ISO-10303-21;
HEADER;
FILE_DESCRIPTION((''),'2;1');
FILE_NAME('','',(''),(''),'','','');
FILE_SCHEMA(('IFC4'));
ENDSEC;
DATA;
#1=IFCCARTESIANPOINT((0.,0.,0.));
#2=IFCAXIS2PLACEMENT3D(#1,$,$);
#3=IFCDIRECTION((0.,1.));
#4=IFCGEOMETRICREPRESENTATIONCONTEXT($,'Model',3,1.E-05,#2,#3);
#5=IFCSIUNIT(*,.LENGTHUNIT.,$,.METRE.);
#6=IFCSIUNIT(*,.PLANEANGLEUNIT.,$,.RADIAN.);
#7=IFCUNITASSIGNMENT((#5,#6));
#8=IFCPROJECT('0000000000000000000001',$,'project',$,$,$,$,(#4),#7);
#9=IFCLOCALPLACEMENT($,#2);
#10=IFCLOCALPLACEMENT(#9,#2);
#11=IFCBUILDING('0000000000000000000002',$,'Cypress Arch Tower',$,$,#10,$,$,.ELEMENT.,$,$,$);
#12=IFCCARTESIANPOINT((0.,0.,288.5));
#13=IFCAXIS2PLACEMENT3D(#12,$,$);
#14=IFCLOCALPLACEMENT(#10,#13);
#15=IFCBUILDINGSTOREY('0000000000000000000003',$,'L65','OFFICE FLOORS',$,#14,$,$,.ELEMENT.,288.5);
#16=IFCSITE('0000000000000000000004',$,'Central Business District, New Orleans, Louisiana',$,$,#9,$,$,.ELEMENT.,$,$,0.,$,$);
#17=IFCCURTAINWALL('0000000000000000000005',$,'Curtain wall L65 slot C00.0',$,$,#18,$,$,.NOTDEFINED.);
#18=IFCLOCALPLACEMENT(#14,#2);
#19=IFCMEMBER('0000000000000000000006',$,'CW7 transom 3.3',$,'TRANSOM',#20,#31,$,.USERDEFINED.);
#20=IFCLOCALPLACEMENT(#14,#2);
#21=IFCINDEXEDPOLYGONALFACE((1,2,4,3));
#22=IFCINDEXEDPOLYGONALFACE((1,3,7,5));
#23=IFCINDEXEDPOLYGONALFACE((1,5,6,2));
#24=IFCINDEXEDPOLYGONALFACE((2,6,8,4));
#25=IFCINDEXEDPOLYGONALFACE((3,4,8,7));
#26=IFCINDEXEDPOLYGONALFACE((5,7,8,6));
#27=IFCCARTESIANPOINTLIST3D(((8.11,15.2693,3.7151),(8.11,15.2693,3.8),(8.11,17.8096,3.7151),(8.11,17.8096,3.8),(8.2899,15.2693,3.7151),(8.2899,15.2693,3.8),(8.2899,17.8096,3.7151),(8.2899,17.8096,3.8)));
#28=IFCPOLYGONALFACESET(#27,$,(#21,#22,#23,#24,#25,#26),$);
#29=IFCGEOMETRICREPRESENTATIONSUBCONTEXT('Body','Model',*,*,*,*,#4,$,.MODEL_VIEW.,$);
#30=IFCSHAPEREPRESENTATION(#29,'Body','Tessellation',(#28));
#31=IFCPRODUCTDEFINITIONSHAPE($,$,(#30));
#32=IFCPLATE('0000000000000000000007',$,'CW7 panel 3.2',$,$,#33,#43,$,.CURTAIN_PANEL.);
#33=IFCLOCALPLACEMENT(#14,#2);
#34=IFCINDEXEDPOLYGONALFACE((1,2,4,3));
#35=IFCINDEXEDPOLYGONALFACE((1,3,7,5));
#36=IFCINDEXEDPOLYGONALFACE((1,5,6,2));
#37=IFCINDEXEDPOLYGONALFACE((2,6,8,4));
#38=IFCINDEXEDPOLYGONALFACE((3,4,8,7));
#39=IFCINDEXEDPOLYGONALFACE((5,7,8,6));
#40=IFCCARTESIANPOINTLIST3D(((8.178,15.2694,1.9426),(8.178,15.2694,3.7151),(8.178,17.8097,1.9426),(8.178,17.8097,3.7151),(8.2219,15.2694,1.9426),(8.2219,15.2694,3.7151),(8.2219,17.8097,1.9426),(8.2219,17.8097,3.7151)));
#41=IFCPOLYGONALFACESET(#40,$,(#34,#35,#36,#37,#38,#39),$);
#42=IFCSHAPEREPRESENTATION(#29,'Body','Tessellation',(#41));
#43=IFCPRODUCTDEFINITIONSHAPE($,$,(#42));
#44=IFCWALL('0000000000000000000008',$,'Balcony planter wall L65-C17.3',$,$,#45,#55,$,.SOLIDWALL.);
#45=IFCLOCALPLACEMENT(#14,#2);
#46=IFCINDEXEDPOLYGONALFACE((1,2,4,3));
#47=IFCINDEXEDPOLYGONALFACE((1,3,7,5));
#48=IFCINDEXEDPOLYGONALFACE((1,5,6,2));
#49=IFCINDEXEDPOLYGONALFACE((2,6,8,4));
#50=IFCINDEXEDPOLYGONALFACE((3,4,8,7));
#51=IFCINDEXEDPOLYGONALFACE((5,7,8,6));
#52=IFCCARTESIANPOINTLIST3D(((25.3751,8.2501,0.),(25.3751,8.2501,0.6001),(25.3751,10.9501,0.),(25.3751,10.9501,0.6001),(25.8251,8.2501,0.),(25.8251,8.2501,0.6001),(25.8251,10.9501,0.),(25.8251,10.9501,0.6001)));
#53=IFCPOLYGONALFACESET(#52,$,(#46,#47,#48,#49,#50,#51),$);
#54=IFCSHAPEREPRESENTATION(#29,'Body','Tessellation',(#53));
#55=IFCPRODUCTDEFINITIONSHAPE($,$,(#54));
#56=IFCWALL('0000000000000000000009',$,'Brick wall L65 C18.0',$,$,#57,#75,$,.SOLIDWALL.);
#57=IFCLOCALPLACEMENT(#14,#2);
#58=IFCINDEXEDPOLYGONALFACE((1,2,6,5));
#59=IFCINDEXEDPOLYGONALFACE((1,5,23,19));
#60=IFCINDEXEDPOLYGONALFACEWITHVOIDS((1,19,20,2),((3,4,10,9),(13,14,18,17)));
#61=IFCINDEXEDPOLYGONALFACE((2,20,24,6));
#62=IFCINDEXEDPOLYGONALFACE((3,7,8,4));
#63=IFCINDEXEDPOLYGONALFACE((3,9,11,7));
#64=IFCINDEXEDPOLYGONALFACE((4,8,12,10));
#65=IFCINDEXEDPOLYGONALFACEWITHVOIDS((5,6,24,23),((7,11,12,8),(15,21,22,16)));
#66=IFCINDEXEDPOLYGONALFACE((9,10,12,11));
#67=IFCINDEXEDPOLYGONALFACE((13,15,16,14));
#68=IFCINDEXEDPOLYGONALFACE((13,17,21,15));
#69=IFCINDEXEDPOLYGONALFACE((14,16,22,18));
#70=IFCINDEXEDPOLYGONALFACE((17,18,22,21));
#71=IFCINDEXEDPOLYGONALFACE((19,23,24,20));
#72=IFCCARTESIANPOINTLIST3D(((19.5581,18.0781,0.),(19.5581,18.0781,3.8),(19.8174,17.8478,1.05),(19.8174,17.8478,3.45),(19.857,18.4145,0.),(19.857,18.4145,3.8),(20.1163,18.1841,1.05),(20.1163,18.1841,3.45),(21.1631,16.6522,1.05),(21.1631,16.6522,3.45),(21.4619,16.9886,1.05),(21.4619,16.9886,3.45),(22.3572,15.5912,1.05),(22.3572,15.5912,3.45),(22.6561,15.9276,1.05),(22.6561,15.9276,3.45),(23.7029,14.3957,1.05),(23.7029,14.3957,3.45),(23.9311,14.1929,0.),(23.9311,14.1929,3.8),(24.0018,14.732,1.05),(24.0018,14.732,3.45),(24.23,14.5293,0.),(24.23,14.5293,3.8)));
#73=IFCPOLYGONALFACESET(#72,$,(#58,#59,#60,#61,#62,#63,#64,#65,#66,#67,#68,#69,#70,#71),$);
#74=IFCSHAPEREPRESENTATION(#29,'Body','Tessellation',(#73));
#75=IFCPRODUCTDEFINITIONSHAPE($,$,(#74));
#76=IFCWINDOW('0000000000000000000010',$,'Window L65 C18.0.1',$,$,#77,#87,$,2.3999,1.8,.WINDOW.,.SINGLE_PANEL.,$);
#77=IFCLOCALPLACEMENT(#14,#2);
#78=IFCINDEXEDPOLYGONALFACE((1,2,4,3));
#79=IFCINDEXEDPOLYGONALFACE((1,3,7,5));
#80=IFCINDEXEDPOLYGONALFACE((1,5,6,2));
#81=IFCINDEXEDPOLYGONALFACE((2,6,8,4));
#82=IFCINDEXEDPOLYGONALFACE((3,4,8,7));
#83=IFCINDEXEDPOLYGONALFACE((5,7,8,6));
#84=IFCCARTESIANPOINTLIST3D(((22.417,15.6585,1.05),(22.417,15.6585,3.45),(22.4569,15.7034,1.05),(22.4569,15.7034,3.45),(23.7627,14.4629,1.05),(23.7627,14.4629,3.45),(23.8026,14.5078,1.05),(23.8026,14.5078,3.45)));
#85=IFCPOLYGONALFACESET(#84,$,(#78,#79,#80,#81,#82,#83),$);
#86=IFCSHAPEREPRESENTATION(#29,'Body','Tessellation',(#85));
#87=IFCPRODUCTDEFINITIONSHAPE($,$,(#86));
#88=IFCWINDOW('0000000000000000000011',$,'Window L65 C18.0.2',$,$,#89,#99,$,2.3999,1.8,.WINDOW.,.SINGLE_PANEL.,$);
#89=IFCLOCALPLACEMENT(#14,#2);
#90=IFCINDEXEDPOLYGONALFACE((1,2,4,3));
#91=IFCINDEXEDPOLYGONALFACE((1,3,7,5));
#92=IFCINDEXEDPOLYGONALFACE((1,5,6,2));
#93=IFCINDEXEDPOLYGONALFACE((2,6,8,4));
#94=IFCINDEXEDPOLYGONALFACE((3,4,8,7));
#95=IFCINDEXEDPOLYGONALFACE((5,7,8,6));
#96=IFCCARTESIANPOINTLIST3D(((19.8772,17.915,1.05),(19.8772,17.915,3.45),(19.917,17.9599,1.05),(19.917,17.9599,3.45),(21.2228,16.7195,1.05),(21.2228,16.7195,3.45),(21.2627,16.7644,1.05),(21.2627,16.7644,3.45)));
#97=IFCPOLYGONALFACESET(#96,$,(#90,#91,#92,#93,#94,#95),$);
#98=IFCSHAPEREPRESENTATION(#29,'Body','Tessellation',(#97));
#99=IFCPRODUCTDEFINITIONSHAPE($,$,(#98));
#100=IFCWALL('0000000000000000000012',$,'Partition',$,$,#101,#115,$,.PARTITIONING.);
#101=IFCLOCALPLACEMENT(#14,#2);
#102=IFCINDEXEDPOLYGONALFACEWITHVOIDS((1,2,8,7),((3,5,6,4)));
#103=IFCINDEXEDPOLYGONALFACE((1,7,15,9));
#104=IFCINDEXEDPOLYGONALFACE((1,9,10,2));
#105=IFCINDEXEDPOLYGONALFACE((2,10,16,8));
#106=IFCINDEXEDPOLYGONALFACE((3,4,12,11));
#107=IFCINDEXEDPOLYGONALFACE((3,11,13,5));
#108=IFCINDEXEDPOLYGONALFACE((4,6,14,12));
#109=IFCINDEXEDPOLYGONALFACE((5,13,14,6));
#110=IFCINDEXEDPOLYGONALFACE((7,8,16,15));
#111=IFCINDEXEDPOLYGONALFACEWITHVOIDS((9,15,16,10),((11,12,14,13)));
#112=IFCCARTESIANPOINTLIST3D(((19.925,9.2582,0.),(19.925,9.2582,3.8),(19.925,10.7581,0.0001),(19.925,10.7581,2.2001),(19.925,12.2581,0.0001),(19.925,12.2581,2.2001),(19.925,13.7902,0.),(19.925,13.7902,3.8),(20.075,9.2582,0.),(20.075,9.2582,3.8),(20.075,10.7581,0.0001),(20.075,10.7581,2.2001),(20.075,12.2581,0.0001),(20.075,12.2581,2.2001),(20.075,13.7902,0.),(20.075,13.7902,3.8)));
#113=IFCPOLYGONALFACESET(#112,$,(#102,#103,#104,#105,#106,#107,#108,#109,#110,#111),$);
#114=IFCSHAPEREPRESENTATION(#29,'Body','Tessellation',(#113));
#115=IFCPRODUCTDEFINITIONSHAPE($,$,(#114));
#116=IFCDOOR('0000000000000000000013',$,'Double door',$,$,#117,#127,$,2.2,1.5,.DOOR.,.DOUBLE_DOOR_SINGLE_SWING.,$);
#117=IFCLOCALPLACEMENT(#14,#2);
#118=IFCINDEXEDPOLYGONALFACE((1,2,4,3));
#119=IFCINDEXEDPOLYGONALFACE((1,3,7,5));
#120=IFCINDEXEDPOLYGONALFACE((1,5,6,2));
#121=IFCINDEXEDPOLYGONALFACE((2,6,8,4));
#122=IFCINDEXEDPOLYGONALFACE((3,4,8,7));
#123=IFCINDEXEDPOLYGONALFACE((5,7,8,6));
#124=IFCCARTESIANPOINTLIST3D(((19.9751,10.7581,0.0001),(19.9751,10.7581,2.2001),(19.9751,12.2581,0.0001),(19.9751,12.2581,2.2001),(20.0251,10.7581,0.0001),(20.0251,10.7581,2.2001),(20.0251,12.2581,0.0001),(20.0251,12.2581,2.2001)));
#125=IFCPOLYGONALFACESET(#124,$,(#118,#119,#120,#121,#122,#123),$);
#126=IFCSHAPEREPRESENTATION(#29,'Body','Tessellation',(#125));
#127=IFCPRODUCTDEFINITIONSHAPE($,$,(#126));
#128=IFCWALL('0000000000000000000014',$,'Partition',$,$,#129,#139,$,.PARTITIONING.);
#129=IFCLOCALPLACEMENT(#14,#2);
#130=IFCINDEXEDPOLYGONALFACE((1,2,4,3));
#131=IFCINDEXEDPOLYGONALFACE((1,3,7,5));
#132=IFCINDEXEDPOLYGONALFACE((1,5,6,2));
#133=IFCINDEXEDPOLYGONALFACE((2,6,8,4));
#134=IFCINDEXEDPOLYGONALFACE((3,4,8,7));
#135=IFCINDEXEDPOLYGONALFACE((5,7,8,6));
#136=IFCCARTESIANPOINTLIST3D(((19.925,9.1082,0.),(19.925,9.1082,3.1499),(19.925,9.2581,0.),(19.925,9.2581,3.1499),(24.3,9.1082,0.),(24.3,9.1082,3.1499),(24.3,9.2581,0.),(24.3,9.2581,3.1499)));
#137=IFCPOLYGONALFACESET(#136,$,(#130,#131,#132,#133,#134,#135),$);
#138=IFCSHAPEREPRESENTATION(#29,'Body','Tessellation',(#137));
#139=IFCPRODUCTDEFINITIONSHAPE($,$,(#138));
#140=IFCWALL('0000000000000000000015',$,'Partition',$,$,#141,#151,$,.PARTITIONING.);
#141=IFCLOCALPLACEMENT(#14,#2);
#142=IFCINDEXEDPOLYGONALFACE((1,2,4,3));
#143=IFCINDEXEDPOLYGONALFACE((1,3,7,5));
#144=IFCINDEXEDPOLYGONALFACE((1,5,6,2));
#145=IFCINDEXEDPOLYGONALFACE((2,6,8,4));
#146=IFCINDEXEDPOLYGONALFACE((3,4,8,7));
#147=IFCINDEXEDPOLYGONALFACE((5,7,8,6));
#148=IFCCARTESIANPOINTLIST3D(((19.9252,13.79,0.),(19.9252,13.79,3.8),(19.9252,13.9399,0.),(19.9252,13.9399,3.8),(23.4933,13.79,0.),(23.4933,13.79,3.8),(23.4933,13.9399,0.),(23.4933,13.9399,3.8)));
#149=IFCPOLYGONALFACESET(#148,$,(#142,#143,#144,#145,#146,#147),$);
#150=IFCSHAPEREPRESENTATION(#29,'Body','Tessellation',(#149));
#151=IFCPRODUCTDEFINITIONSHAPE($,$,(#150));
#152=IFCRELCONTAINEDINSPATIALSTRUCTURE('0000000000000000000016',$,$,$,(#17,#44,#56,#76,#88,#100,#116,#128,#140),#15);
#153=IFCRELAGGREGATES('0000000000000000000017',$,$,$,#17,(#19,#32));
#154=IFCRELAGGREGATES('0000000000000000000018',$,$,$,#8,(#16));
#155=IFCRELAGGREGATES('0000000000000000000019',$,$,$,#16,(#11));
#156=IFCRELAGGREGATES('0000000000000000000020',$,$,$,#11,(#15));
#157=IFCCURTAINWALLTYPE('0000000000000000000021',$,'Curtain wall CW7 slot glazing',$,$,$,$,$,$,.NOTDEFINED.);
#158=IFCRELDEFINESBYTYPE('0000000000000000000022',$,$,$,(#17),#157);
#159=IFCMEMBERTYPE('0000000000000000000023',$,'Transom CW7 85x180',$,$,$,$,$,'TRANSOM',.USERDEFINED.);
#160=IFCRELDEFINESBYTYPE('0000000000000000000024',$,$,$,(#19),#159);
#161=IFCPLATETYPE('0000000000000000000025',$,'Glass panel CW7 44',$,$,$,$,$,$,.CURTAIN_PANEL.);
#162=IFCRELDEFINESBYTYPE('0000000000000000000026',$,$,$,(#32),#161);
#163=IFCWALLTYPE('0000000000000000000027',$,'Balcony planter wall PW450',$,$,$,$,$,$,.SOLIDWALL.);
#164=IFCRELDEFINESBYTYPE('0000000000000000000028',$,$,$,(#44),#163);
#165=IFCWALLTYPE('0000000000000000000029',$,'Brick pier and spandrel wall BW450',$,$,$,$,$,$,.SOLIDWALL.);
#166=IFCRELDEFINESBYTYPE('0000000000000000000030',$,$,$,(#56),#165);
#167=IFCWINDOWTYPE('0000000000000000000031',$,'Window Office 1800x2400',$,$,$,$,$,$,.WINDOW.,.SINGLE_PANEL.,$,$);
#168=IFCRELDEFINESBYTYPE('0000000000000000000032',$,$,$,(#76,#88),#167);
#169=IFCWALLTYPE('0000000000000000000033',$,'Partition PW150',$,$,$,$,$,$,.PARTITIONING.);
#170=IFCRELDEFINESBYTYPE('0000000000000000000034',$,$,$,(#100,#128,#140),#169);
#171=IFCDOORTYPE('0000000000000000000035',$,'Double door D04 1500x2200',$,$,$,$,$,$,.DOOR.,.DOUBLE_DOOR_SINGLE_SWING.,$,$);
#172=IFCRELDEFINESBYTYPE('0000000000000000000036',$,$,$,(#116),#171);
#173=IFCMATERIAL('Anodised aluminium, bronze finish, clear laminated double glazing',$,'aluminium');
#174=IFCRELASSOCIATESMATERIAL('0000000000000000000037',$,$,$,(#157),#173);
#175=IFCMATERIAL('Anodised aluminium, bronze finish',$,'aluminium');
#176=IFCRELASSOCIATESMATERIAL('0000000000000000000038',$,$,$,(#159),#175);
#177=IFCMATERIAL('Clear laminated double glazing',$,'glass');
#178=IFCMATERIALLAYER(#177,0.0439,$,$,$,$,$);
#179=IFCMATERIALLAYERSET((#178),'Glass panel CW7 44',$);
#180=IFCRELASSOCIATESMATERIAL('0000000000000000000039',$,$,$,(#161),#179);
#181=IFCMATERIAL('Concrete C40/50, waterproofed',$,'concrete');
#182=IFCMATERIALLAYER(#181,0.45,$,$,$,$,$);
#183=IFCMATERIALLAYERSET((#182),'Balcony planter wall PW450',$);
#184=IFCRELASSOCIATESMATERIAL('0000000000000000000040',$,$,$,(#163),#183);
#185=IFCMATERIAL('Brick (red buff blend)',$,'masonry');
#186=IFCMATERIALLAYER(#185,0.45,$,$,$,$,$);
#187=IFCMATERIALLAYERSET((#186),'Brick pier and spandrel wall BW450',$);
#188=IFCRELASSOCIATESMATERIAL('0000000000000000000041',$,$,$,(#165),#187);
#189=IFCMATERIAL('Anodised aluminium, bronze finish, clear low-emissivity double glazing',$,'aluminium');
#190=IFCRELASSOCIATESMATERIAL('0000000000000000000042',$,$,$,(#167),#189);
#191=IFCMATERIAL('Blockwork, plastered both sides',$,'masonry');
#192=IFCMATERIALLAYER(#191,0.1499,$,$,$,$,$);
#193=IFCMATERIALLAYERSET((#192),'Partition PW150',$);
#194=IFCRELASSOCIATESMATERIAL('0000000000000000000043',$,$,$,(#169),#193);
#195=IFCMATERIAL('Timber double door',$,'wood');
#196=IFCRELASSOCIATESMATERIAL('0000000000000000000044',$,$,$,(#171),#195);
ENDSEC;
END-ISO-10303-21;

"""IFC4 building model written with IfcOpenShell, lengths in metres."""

from ifc_helpers import new_model, si_unit, direction, frame, frame_2d, origin, origin_2d, place, context, subcontext, project, spatial, rectangle, extrude, material, layer, layer_set, material_profile, profile_set, type_object, element, fill, aggregate, save


model = new_model("IFC4")

# Units and contexts
model_context = context("Model", 3, precision=1e-05, world=origin(), true_north=direction((0.0, 1.0)))
body_context = subcontext(model_context, "Body", "Model", "MODEL_VIEW")
ifc_project = project(units=[si_unit("LENGTHUNIT", "METRE"), si_unit("PLANEANGLEUNIT", "RADIAN")], contexts=[model_context])

# Site, building, storey
site_placement = place(None, origin())
site = spatial("IfcSite", under=ifc_project, at=site_placement, Name="Central Business District, New Orleans, Louisiana", CompositionType="ELEMENT", RefElevation=0.0)
building_placement = place(site_placement, origin())
building = spatial("IfcBuilding", under=site, at=building_placement, Name="Cypress Arch Tower", CompositionType="ELEMENT")
storey_placement = place(building_placement, frame((0.0, 0.0, 288.5)))
storey = spatial("IfcBuildingStorey", under=building, at=storey_placement, Name="L65", Description="OFFICE FLOORS", CompositionType="ELEMENT", Elevation=288.5)

# Curtain wall
ifc_material_1 = material(Name="Anodised aluminium, bronze finish, clear laminated double glazing", Category="aluminium")
curtain_wall_type = type_object("IfcCurtainWallType", Name="Curtain wall CW7 slot glazing", PredefinedType="NOTDEFINED", material=ifc_material_1)
curtain_wall_placement = place(storey_placement, origin())
curtain_wall = element("IfcCurtainWall", 1, at=curtain_wall_placement, inside=storey, type_object=curtain_wall_type, Name="Curtain wall L65 slot C00.0", PredefinedType="NOTDEFINED")

# Member
ifc_material_2 = material(Name="Anodised aluminium, bronze finish", Category="aluminium")
ifc_material_profile_1 = material_profile(ifc_material_2, rectangle(XDim=0.1799, YDim=0.085, at=origin_2d()), Name="Transom 85x180")
ifc_profile_set_1 = profile_set([ifc_material_profile_1], Name="Anodised aluminium, bronze finish")
member_type_1 = type_object("IfcMemberType", Name="Transom CW7 85x180", ElementType="TRANSOM", PredefinedType="USERDEFINED", material=ifc_profile_set_1)
member_1_placement = place(storey_placement, frame((8.2, 17.8096, 3.7576), z_axis=(0.0, -1.0, 0.0), x_axis=(1.0, 0.0, 0.0)))
member_1 = element("IfcMember", 2, at=member_1_placement, type_object=member_type_1, Name="CW7 transom 3.3", ObjectType="TRANSOM", PredefinedType="USERDEFINED", context=body_context, shape_type="SweptSolid", body=[
    extrude(rectangle(XDim=0.1799, YDim=0.085, at=origin_2d()), origin(), (0.0, 0.0, 1.0), 2.5403),
])

# Plate
ifc_material_3 = material(Name="Clear laminated double glazing", Category="glass")
ifc_layer_1 = layer(ifc_material_3, 0.0439)
ifc_layer_set_1 = layer_set([ifc_layer_1], Name="Glass panel CW7 44")
plate_type = type_object("IfcPlateType", Name="Glass panel CW7 44", PredefinedType="CURTAIN_PANEL", material=ifc_layer_set_1)
plate_placement = place(storey_placement, frame((8.2, 16.5396, 1.9426), z_axis=(0.0, 0.0, 1.0), x_axis=(0.0, -1.0, 0.0)))
plate = element("IfcPlate", 3, at=plate_placement, type_object=plate_type, Name="CW7 panel 3.2", PredefinedType="CURTAIN_PANEL", context=body_context, shape_type="SweptSolid", body=[
    extrude(rectangle(XDim=2.5403, YDim=0.0439, at=origin_2d()), origin(), (0.0, 0.0, 1.0), 1.7725),
])
aggregate(curtain_wall, [member_1, plate])

# Wall
ifc_material_4 = material(Name="Concrete C40/50, waterproofed", Category="concrete")
ifc_layer_2 = layer(ifc_material_4, 0.45)
ifc_layer_set_2 = layer_set([ifc_layer_2], Name="Balcony planter wall PW450")
wall_type_1 = type_object("IfcWallType", Name="Balcony planter wall PW450", PredefinedType="SOLIDWALL", material=ifc_layer_set_2)
wall_1_placement = place(storey_placement, frame((25.6001, 8.25, 0.0), z_axis=(0.0, 0.0, 1.0), x_axis=(0.0, 1.0, 0.0)))
element("IfcWall", 4, at=wall_1_placement, inside=storey, type_object=wall_type_1, Name="Balcony planter wall L65-C17.3", PredefinedType="SOLIDWALL", context=body_context, shape_type="SweptSolid", body=[
    extrude(rectangle(XDim=2.7, YDim=0.45, at=frame_2d((1.3501, 0.0))), origin(), (0.0, 0.0, 1.0), 0.6001),
])

# Shared definitions
ifc_material_5 = material(Name="Brick (red buff blend)", Category="masonry")
ifc_layer_3 = layer(ifc_material_5, 0.45)
ifc_layer_set_3 = layer_set([ifc_layer_3], Name="Brick pier and spandrel wall BW450")
wall_type_2 = type_object("IfcWallType", Name="Brick pier and spandrel wall BW450", PredefinedType="SOLIDWALL", material=ifc_layer_set_3)

# Wall, openings, windows
wall_2_placement = place(storey_placement, frame((24.0806, 14.3611, 0.0), z_axis=(0.0, 0.0, 1.0), x_axis=(-0.74757, 0.664182, 0.0)))
wall_2 = element("IfcWall", 5, at=wall_2_placement, inside=storey, type_object=wall_type_2, Name="Brick wall L65 C18.0", PredefinedType="SOLIDWALL", context=body_context, shape_type="SweptSolid", body=[
    extrude(rectangle(XDim=5.8496, YDim=0.45, at=frame_2d((2.9248, 0.0))), origin(), (0.0, 0.0, 1.0), 3.8),
])
opening_1_placement = place(wall_2_placement, frame((0.3054, 0.0, 1.05)))
opening_1 = element("IfcOpeningElement", 6, at=opening_1_placement, cuts=wall_2, PredefinedType="OPENING", context=body_context, shape_type="SweptSolid", body=[
    extrude(rectangle(XDim=1.8, YDim=2.3999, at=frame_2d((0.8999, 1.2))), frame((0.0, 0.2349, 0.0), z_axis=(0.0, -1.0, 0.0), x_axis=(1.0, 0.0, 0.0)), (0.0, 0.0, 1.0), 0.47),
])
opening_2_placement = place(wall_2_placement, frame((3.7029, 0.0, 1.05)))
opening_2 = element("IfcOpeningElement", 7, at=opening_2_placement, cuts=wall_2, PredefinedType="OPENING", context=body_context, shape_type="SweptSolid", body=[
    extrude(rectangle(XDim=1.8, YDim=2.3999, at=frame_2d((0.8999, 1.2))), frame((0.0, 0.2349, 0.0), z_axis=(0.0, -1.0, 0.0), x_axis=(1.0, 0.0, 0.0)), (0.0, 0.0, 1.0), 0.47),
])
ifc_material_6 = material(Name="Anodised aluminium, bronze finish, clear low-emissivity double glazing", Category="aluminium")
window_type_1 = type_object("IfcWindowType", Name="Window Office 1800x2400", PartitioningType="SINGLE_PANEL", PredefinedType="WINDOW", material=ifc_material_6)
window_1_placement = place(opening_1_placement, origin())
window_1 = element("IfcWindow", 8, at=window_1_placement, inside=storey, type_object=window_type_1, Name="Window L65 C18.0.1", OverallHeight=2.3999, OverallWidth=1.8, PartitioningType="SINGLE_PANEL", PredefinedType="WINDOW", context=body_context, shape_type="SweptSolid", body=[
    extrude(rectangle(XDim=1.8, YDim=2.3999, at=frame_2d((0.8999, 1.2))), frame((0.0, 0.135, 0.0), z_axis=(0.0, -1.0, 0.0), x_axis=(1.0, 0.0, 0.0)), (0.0, 0.0, 1.0), 0.0601),
])
fill(opening_1, window_1)
window_2_placement = place(opening_2_placement, origin())
window_2 = element("IfcWindow", 9, at=window_2_placement, inside=storey, type_object=window_type_1, Name="Window L65 C18.0.2", OverallHeight=2.3999, OverallWidth=1.8, PartitioningType="SINGLE_PANEL", PredefinedType="WINDOW", context=body_context, shape_type="SweptSolid", body=[
    extrude(rectangle(XDim=1.8, YDim=2.3999, at=frame_2d((0.8999, 1.2))), frame((0.0, 0.135, 0.0), z_axis=(0.0, -1.0, 0.0), x_axis=(1.0, 0.0, 0.0)), (0.0, 0.0, 1.0), 0.0601),
])
fill(opening_2, window_2)

# Wall, opening, door
ifc_material_7 = material(Name="Blockwork, plastered both sides", Category="masonry")
ifc_layer_4 = layer(ifc_material_7, 0.1499)
ifc_layer_set_4 = layer_set([ifc_layer_4], Name="Partition PW150")
wall_type_3 = type_object("IfcWallType", Name="Partition PW150", PredefinedType="PARTITIONING", material=ifc_layer_set_4)
wall_3_placement = place(storey_placement, frame((20.0, 9.2581, 0.0), z_axis=(0.0, 0.0, 1.0), x_axis=(0.0, 1.0, 0.0)))
wall_3 = element("IfcWall", 10, at=wall_3_placement, inside=storey, type_object=wall_type_3, Name="Partition", PredefinedType="PARTITIONING", context=body_context, shape_type="SweptSolid", body=[
    extrude(rectangle(XDim=4.532, YDim=0.1499, at=frame_2d((2.2661, 0.0))), origin(), (0.0, 0.0, 1.0), 3.8),
])
opening_3_placement = place(wall_3_placement, frame((1.5, 0.0, 0.0)))
opening_3 = element("IfcOpeningElement", 11, at=opening_3_placement, cuts=wall_3, PredefinedType="OPENING", context=body_context, shape_type="SweptSolid", body=[
    extrude(rectangle(XDim=1.5, YDim=2.2, at=frame_2d((0.75, 1.1001))), frame((0.0, 0.085, 0.0), z_axis=(0.0, -1.0, 0.0), x_axis=(1.0, 0.0, 0.0)), (0.0, 0.0, 1.0), 0.1699),
])
ifc_material_8 = material(Name="Timber double door", Category="wood")
door_type_1 = type_object("IfcDoorType", Name="Double door D04 1500x2200", OperationType="DOUBLE_DOOR_SINGLE_SWING", PredefinedType="DOOR", material=ifc_material_8)
door_1_placement = place(opening_3_placement, origin())
door_1 = element("IfcDoor", 12, at=door_1_placement, inside=storey, type_object=door_type_1, Name="Double door", OperationType="DOUBLE_DOOR_SINGLE_SWING", OverallHeight=2.2, OverallWidth=1.5, PredefinedType="DOOR", context=body_context, shape_type="SweptSolid", body=[
    extrude(rectangle(XDim=1.5, YDim=2.2, at=frame_2d((0.75, 1.1001))), frame((0.0, 0.0249, 0.0), z_axis=(0.0, -1.0, 0.0), x_axis=(1.0, 0.0, 0.0)), (0.0, 0.0, 1.0), 0.05),
])
fill(opening_3, door_1)

# Walls
wall_4_placement = place(storey_placement, frame((19.925, 9.1831, 0.0), z_axis=(0.0, 0.0, 1.0), x_axis=(1.0, 0.0, 0.0)))
element("IfcWall", 13, at=wall_4_placement, inside=storey, type_object=wall_type_3, Name="Partition", PredefinedType="PARTITIONING", context=body_context, shape_type="SweptSolid", body=[
    extrude(rectangle(XDim=4.375, YDim=0.1499, at=frame_2d((2.1875, 0.0))), origin(), (0.0, 0.0, 1.0), 3.1499),
])
wall_5_placement = place(storey_placement, frame((19.925, 13.865, 0.0), z_axis=(0.0, 0.0, 1.0), x_axis=(1.0, 0.0, 0.0)))
element("IfcWall", 14, at=wall_5_placement, inside=storey, type_object=wall_type_3, Name="Partition", PredefinedType="PARTITIONING", context=body_context, shape_type="SweptSolid", body=[
    extrude(rectangle(XDim=3.5681, YDim=0.1499, at=frame_2d((1.7842, 0.0))), origin(), (0.0, 0.0, 1.0), 3.8),
])

save(model, "model.ifc")
